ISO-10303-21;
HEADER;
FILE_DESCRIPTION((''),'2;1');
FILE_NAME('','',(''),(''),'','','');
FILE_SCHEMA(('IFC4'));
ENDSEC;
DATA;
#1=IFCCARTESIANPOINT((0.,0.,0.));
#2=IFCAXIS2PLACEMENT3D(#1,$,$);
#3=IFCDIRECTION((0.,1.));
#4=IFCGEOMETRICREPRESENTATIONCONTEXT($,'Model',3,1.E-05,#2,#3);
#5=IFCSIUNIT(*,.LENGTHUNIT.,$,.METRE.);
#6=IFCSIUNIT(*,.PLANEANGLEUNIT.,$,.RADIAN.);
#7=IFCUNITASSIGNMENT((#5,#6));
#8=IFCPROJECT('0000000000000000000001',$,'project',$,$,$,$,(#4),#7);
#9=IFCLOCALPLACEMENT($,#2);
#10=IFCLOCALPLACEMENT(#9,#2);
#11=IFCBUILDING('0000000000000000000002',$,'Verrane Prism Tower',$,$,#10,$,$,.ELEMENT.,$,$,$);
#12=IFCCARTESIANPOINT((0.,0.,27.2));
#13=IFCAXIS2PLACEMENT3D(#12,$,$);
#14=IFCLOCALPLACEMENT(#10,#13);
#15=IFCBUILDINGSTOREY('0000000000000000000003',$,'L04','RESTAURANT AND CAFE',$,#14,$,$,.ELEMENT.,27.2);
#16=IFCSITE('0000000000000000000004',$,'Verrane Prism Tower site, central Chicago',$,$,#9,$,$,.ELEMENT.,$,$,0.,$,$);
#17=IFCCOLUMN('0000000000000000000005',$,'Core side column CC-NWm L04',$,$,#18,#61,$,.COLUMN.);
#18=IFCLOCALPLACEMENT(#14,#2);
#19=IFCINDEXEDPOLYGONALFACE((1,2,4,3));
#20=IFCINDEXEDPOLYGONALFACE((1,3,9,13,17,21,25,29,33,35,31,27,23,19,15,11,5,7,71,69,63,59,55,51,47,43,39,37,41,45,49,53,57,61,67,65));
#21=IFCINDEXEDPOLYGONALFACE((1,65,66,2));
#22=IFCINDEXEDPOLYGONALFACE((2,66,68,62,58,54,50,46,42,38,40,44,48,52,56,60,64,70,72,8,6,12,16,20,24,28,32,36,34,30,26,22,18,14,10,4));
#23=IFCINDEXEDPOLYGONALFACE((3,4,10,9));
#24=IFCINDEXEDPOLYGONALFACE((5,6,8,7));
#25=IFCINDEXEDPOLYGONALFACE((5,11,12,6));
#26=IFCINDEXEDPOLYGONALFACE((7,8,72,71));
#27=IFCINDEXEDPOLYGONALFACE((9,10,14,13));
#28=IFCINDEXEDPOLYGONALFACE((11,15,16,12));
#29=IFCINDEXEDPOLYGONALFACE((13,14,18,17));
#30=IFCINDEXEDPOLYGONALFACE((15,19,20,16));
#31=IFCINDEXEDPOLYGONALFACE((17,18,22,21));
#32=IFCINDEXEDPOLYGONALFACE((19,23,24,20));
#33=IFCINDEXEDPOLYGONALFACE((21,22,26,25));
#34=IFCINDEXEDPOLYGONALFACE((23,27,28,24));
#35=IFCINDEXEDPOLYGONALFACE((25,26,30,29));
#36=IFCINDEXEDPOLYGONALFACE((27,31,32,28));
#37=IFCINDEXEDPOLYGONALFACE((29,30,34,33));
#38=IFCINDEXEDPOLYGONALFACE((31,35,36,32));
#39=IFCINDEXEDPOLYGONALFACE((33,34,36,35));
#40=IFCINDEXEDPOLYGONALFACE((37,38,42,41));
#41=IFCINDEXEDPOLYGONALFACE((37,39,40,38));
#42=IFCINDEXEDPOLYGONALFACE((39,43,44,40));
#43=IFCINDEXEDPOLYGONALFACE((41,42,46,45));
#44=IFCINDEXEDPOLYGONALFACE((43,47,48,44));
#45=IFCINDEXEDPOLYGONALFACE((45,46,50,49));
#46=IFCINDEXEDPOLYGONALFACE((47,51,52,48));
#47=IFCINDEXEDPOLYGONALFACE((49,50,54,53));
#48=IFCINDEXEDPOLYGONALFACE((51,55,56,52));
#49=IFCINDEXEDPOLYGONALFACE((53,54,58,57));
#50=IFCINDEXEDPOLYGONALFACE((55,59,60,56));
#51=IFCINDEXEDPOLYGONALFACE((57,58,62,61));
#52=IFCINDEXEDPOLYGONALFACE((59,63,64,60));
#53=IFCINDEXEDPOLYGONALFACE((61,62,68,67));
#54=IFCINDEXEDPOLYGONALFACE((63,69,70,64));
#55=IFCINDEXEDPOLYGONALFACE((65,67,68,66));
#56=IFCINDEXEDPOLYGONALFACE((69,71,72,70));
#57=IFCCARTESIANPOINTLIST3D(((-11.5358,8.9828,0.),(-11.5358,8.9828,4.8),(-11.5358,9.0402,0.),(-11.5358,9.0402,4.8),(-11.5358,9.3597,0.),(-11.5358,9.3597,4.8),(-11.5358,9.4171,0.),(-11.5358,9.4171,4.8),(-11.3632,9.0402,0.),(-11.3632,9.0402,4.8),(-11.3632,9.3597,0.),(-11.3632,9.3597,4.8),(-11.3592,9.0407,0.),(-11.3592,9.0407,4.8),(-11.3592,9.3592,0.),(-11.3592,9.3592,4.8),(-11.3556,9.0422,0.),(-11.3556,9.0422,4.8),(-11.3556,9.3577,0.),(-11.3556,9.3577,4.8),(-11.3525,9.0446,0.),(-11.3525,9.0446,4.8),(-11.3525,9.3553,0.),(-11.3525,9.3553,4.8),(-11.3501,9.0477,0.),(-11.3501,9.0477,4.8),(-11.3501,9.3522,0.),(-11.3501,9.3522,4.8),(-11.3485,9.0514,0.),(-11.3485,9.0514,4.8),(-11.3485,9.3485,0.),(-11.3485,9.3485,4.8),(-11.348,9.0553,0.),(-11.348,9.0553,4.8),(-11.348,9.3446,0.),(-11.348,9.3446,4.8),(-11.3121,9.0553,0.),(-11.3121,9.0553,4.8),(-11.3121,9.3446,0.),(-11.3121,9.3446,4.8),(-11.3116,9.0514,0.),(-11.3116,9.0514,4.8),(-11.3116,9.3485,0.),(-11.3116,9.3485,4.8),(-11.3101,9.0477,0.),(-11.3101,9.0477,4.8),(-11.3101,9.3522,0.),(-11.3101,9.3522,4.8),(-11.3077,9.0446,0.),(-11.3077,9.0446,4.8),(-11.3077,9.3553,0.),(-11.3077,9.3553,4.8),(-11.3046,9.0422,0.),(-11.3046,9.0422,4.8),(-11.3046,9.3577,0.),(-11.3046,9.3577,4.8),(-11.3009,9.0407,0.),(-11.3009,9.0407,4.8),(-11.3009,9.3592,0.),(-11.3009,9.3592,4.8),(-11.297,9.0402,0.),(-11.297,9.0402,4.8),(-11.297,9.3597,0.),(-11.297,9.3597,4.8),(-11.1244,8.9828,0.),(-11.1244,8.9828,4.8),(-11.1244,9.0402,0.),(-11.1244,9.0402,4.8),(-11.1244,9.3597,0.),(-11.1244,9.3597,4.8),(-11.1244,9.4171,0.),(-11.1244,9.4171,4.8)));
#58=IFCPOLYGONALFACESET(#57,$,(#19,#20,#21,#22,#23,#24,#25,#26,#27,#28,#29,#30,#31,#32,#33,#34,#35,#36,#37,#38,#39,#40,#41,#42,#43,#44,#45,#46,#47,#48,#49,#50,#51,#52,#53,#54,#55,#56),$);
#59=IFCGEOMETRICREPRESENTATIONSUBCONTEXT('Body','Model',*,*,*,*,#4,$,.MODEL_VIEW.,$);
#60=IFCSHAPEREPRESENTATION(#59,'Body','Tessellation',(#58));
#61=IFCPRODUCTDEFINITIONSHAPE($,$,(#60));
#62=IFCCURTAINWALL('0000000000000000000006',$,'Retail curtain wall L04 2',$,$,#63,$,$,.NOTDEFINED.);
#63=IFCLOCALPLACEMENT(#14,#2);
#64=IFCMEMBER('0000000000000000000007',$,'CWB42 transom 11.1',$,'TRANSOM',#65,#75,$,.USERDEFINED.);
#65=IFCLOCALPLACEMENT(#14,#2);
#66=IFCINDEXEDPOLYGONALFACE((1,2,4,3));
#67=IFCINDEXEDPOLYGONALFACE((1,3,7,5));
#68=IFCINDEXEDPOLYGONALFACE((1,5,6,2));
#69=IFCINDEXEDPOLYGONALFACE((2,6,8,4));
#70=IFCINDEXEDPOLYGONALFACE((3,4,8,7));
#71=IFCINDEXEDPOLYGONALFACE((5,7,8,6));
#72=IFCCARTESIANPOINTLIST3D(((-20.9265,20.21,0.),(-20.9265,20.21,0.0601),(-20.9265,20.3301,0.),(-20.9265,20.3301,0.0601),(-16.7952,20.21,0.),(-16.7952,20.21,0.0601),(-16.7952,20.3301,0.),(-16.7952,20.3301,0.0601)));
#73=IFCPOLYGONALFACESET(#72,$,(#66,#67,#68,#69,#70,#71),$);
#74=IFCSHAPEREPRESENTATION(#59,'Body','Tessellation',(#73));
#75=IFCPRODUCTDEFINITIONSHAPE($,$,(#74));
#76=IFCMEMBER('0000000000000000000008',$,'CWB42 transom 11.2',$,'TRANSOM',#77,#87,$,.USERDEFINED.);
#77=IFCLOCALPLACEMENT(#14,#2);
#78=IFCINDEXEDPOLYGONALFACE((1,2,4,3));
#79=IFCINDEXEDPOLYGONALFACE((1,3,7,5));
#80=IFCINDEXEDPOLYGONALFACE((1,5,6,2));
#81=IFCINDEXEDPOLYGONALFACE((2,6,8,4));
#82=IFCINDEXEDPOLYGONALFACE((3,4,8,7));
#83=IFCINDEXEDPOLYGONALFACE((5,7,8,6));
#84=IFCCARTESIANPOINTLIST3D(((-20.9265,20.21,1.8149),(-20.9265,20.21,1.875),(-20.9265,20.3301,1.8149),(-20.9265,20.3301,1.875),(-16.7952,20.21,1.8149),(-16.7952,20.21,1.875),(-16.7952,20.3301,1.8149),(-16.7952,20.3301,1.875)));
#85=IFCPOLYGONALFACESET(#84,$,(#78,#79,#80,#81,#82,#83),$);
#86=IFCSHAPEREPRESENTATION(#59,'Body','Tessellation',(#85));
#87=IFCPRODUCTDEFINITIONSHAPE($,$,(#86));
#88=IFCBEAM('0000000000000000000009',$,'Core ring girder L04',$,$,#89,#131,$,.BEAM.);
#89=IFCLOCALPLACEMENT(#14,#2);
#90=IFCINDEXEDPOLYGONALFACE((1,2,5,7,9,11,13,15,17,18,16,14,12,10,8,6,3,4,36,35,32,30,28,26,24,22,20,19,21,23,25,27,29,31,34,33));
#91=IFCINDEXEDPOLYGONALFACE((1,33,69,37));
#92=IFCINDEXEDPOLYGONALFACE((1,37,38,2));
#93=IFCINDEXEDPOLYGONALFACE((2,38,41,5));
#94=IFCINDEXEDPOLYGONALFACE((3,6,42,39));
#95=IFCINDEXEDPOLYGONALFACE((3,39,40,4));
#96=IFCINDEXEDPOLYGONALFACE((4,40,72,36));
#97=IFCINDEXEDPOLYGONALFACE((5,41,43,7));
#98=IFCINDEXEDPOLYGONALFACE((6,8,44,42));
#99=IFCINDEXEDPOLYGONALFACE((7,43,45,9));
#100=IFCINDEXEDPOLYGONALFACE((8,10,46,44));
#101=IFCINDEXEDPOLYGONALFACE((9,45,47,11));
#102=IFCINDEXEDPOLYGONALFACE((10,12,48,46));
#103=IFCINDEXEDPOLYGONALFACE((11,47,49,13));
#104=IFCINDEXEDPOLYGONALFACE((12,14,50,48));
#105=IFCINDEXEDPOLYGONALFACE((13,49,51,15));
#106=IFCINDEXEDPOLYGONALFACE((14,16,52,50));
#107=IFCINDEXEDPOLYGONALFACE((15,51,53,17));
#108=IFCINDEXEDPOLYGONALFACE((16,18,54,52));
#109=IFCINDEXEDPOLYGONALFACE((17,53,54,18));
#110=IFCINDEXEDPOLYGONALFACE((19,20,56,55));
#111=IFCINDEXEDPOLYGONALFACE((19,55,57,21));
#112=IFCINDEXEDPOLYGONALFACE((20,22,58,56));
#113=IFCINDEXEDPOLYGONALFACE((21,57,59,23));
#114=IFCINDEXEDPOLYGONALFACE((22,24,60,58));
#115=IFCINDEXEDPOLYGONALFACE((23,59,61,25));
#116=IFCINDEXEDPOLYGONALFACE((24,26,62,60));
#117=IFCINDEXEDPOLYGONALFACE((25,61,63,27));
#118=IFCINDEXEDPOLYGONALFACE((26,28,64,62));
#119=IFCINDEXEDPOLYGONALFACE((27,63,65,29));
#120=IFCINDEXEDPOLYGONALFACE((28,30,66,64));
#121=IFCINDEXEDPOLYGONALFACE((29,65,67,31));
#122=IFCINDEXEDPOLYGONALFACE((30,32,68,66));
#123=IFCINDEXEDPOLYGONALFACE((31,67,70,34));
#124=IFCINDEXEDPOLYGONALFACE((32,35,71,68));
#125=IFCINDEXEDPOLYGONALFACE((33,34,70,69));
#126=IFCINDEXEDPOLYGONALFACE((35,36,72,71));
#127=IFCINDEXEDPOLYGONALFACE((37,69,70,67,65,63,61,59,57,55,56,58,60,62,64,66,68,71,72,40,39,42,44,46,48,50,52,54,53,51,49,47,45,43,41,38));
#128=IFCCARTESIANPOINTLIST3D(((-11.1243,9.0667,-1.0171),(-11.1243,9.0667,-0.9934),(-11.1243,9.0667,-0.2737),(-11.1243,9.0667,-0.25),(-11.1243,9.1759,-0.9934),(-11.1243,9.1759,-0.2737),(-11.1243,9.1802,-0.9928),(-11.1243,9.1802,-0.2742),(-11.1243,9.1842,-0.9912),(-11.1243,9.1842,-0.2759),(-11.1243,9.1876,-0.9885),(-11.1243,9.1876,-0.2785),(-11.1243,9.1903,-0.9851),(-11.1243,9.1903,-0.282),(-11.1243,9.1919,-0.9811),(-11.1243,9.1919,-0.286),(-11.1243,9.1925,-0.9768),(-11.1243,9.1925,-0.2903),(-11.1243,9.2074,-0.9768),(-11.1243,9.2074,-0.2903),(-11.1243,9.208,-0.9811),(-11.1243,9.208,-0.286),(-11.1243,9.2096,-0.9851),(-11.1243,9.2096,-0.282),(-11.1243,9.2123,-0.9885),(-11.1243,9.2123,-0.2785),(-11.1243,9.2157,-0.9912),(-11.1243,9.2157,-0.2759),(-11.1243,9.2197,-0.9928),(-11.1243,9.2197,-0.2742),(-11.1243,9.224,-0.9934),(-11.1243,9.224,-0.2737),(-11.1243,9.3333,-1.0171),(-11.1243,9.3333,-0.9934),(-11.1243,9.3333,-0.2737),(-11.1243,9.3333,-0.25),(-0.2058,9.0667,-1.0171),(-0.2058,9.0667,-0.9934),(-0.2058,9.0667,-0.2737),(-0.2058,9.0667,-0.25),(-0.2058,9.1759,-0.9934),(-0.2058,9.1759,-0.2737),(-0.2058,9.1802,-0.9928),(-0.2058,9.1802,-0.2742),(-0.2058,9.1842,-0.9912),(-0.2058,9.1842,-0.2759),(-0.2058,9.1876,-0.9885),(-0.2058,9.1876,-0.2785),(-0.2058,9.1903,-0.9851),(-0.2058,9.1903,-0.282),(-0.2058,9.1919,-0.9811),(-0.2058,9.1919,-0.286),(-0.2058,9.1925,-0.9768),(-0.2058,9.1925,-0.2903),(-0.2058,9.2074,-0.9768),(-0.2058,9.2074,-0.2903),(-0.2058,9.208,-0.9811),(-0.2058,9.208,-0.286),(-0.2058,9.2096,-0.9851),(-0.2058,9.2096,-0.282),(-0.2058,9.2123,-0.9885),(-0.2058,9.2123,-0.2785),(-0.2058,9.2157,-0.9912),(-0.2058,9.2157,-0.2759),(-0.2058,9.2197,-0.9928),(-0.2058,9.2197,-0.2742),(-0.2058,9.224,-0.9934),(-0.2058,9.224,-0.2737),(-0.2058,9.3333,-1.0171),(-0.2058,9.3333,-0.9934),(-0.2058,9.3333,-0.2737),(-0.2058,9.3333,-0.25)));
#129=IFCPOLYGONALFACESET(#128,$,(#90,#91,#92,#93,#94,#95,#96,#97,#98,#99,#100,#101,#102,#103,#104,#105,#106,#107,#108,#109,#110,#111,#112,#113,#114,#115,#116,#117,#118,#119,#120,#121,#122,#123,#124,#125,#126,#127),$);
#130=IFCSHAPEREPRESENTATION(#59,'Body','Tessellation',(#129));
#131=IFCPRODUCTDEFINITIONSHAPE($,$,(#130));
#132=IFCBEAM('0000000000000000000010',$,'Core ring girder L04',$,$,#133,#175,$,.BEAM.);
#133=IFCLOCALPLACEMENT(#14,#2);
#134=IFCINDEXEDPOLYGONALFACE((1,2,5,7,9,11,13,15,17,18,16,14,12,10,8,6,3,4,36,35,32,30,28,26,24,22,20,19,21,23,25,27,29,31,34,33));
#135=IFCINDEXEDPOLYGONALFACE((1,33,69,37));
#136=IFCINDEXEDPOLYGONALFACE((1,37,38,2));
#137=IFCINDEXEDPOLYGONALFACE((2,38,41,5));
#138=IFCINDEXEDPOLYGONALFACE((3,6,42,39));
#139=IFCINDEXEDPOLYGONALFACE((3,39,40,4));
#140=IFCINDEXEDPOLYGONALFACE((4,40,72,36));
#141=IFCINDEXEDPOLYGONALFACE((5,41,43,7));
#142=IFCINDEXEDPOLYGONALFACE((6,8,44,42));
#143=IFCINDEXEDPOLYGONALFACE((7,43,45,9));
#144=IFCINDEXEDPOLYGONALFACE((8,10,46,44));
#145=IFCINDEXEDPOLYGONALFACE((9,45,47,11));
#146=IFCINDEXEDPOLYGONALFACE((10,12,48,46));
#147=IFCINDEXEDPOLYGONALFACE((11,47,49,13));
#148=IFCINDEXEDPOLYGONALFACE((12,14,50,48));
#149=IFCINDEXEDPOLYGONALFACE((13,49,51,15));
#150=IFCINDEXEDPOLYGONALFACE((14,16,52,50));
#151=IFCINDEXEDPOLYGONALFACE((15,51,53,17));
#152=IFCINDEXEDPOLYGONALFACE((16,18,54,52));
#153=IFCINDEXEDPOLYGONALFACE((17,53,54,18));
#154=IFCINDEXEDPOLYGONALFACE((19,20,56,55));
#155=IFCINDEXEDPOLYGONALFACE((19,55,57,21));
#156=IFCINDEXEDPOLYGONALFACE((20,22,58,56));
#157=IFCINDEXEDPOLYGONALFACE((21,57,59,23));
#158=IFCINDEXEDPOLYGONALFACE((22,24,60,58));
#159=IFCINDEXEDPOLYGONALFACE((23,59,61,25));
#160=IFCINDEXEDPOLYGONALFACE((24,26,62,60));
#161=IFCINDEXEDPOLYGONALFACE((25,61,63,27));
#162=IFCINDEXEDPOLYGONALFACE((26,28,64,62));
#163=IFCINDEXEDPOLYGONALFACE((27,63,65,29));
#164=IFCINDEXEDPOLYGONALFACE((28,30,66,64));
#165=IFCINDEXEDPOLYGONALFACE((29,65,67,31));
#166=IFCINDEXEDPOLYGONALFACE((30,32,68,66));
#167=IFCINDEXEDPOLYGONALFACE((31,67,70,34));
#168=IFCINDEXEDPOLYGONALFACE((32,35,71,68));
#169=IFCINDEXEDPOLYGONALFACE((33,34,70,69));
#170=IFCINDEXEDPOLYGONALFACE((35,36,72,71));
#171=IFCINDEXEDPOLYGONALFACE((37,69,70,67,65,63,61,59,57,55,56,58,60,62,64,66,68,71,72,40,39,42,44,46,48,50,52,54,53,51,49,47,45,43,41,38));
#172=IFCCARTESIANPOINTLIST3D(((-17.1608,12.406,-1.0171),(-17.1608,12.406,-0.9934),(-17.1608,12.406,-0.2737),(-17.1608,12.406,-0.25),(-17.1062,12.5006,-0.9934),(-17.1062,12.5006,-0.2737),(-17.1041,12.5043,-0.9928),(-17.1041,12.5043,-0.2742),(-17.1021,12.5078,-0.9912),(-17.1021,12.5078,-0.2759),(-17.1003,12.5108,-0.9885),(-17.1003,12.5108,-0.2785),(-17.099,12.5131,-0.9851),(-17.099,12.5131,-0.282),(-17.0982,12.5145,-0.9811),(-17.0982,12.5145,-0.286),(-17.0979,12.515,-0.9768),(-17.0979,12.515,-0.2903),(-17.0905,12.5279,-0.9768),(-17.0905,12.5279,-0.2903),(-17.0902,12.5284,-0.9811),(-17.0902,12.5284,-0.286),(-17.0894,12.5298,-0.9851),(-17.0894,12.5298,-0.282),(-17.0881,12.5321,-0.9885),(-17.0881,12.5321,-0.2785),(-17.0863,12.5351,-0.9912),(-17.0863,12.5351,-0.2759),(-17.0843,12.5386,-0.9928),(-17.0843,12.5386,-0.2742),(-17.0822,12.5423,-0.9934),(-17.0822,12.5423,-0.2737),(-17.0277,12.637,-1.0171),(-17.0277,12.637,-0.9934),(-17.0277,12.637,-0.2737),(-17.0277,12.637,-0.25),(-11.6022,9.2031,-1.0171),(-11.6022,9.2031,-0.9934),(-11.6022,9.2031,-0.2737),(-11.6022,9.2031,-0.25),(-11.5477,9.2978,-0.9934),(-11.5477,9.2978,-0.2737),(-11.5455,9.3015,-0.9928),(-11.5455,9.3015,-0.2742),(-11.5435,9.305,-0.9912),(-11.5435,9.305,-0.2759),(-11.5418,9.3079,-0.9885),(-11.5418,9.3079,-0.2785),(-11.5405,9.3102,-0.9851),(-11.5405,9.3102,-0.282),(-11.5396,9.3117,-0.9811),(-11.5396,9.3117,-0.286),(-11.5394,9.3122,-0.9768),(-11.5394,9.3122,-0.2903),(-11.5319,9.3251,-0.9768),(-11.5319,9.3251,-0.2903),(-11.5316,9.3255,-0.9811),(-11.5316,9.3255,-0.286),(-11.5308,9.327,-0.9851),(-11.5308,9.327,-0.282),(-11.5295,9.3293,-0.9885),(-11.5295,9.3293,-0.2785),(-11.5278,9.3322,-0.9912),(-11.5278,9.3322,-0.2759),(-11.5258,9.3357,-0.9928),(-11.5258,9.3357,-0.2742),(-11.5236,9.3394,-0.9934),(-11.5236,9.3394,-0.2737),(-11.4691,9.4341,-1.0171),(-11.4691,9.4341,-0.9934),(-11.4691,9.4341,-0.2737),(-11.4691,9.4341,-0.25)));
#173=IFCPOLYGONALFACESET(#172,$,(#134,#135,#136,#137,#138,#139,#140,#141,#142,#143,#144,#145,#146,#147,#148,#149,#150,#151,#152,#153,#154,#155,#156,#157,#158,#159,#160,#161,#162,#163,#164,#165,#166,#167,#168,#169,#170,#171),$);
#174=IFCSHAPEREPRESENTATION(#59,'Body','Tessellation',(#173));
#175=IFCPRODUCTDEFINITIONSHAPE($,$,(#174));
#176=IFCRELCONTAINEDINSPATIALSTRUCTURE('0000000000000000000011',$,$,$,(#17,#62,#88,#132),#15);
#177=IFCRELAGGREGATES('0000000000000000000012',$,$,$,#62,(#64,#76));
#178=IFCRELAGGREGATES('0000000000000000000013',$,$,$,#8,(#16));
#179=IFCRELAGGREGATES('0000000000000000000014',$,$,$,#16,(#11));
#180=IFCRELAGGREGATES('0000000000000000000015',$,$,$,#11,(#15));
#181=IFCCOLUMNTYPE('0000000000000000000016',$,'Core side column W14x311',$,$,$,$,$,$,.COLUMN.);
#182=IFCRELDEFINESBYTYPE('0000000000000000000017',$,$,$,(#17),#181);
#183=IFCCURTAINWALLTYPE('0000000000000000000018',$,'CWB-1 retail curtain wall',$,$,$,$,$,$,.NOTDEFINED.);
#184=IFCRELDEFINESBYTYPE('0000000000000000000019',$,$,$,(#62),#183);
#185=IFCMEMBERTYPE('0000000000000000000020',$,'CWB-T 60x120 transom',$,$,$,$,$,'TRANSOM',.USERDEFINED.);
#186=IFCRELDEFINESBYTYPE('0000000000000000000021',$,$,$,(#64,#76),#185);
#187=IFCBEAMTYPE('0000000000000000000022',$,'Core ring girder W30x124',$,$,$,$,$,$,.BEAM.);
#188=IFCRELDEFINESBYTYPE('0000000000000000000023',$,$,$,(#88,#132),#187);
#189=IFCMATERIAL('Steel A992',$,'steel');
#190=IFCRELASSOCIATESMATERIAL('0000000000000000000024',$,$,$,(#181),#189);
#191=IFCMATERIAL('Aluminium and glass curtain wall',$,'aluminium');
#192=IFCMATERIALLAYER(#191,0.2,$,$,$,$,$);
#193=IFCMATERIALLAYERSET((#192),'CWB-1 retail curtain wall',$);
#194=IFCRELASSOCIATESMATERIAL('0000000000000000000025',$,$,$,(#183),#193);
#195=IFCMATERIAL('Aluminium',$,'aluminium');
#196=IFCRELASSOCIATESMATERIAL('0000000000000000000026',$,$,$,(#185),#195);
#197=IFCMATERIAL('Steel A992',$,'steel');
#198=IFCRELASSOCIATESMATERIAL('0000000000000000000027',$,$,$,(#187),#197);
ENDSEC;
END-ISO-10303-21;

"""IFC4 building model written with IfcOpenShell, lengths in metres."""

from ifc_helpers import new_model, si_unit, direction, frame, origin, origin_2d, place, context, subcontext, project, spatial, rectangle, i_section, extrude, material, layer, layer_set, material_profile, profile_set, type_object, element, aggregate, save


model = new_model("IFC4")

# Units and contexts
model_context = context("Model", 3, precision=1e-05, world=origin(), true_north=direction((0.0, 1.0)))
body_context = subcontext(model_context, "Body", "Model", "MODEL_VIEW")
ifc_project = project(units=[si_unit("LENGTHUNIT", "METRE"), si_unit("PLANEANGLEUNIT", "RADIAN")], contexts=[model_context])

# Site, building, storey
site_placement = place(None, origin())
site = spatial("IfcSite", under=ifc_project, at=site_placement, Name="Verrane Prism Tower site, central Chicago", CompositionType="ELEMENT", RefElevation=0.0)
building_placement = place(site_placement, origin())
building = spatial("IfcBuilding", under=site, at=building_placement, Name="Verrane Prism Tower", CompositionType="ELEMENT")
storey_placement = place(building_placement, frame((0.0, 0.0, 27.2)))
storey = spatial("IfcBuildingStorey", under=building, at=storey_placement, Name="L04", Description="RESTAURANT AND CAFE", CompositionType="ELEMENT", Elevation=27.2)

# Column
ifc_material_1 = material(Name="Steel A992", Category="steel")
ifc_material_profile_1 = material_profile(ifc_material_1, i_section(OverallWidth=0.4114, OverallDepth=0.4343, WebThickness=0.0359, FlangeThickness=0.0574, FilletRadius=0.0151, at=origin_2d()), Name="W14x311")
ifc_profile_set_1 = profile_set([ifc_material_profile_1], Name="Steel A992")
column_type = type_object("IfcColumnType", Name="Core side column W14x311", PredefinedType="COLUMN", material=ifc_profile_set_1)
column_placement = place(storey_placement, frame((-11.3301, 9.2, 0.0), z_axis=(0.0, 0.0, 1.0), x_axis=(1.0, 0.0, 0.0)))
element("IfcColumn", 1, at=column_placement, inside=storey, type_object=column_type, Name="Core side column CC-NWm L04", PredefinedType="COLUMN", context=body_context, shape_type="SweptSolid", body=[
    extrude(i_section(OverallWidth=0.4114, OverallDepth=0.4343, WebThickness=0.0359, FlangeThickness=0.0574, FilletRadius=0.0151, at=origin_2d()), origin(), (0.0, 0.0, 1.0), 4.8),
])

# Curtain wall, members
ifc_material_2 = material(Name="Aluminium and glass curtain wall", Category="aluminium")
ifc_layer_1 = layer(ifc_material_2, 0.2)
ifc_layer_set_1 = layer_set([ifc_layer_1], Name="CWB-1 retail curtain wall")
curtain_wall_type = type_object("IfcCurtainWallType", Name="CWB-1 retail curtain wall", PredefinedType="NOTDEFINED", material=ifc_layer_set_1)
curtain_wall_placement = place(storey_placement, origin())
curtain_wall = element("IfcCurtainWall", 2, at=curtain_wall_placement, inside=storey, type_object=curtain_wall_type, Name="Retail curtain wall L04 2", PredefinedType="NOTDEFINED")
ifc_material_3 = material(Name="Aluminium", Category="aluminium")
ifc_material_profile_2 = material_profile(ifc_material_3, rectangle(XDim=0.1201, YDim=0.0601, at=origin_2d()), Name="CWB-T 60x120 transom")
ifc_profile_set_2 = profile_set([ifc_material_profile_2], Name="Aluminium")
member_type = type_object("IfcMemberType", Name="CWB-T 60x120 transom", ElementType="TRANSOM", PredefinedType="USERDEFINED", material=ifc_profile_set_2)
member_1_placement = place(storey_placement, frame((-16.7952, 20.27, 0.03), z_axis=(-1.0, 0.0, 0.0), x_axis=(0.0, -1.0, 0.0)))
member_1 = element("IfcMember", 3, at=member_1_placement, type_object=member_type, Name="CWB42 transom 11.1", ObjectType="TRANSOM", PredefinedType="USERDEFINED", context=body_context, shape_type="SweptSolid", body=[
    extrude(rectangle(XDim=0.1201, YDim=0.0601, at=origin_2d()), origin(), (0.0, 0.0, 1.0), 4.1313),
])
member_2_placement = place(storey_placement, frame((-16.7952, 20.27, 1.845), z_axis=(-1.0, 0.0, 0.0), x_axis=(0.0, -1.0, 0.0)))
member_2 = element("IfcMember", 4, at=member_2_placement, type_object=member_type, Name="CWB42 transom 11.2", ObjectType="TRANSOM", PredefinedType="USERDEFINED", context=body_context, shape_type="SweptSolid", body=[
    extrude(rectangle(XDim=0.1201, YDim=0.0601, at=origin_2d()), origin(), (0.0, 0.0, 1.0), 4.1313),
])
aggregate(curtain_wall, [member_1, member_2])

# Beams
ifc_material_4 = material(Name="Steel A992", Category="steel")
ifc_material_profile_3 = material_profile(ifc_material_4, i_section(OverallWidth=0.2666, OverallDepth=0.7671, WebThickness=0.0149, FlangeThickness=0.0237, FilletRadius=0.0166, at=origin_2d()), Name="W30x124")
ifc_profile_set_3 = profile_set([ifc_material_profile_3], Name="Steel A992")
beam_type_1 = type_object("IfcBeamType", Name="Core ring girder W30x124", PredefinedType="BEAM", material=ifc_profile_set_3)
beam_1_placement = place(storey_placement, frame((-0.2058, 9.2, -0.6335), z_axis=(-1.0, 0.0, 0.0), x_axis=(0.0, -1.0, 0.0)))
element("IfcBeam", 5, at=beam_1_placement, inside=storey, type_object=beam_type_1, Name="Core ring girder L04", PredefinedType="BEAM", context=body_context, shape_type="SweptSolid", body=[
    extrude(i_section(OverallWidth=0.2666, OverallDepth=0.7671, WebThickness=0.0149, FlangeThickness=0.0237, FilletRadius=0.0166, at=origin_2d()), origin(), (0.0, 0.0, 1.0), 10.9185),
])
beam_2_placement = place(storey_placement, frame((-11.5356, 9.3186, -0.6335), z_axis=(-0.866455, 0.499255, 0.0), x_axis=(-0.499255, -0.866455, 0.0)))
element("IfcBeam", 6, at=beam_2_placement, inside=storey, type_object=beam_type_1, Name="Core ring girder L04", PredefinedType="BEAM", context=body_context, shape_type="SweptSolid", body=[
    extrude(i_section(OverallWidth=0.2666, OverallDepth=0.7671, WebThickness=0.0149, FlangeThickness=0.0237, FilletRadius=0.0166, at=origin_2d()), origin(), (0.0, 0.0, 1.0), 6.4153),
])

save(model, "model.ifc")
